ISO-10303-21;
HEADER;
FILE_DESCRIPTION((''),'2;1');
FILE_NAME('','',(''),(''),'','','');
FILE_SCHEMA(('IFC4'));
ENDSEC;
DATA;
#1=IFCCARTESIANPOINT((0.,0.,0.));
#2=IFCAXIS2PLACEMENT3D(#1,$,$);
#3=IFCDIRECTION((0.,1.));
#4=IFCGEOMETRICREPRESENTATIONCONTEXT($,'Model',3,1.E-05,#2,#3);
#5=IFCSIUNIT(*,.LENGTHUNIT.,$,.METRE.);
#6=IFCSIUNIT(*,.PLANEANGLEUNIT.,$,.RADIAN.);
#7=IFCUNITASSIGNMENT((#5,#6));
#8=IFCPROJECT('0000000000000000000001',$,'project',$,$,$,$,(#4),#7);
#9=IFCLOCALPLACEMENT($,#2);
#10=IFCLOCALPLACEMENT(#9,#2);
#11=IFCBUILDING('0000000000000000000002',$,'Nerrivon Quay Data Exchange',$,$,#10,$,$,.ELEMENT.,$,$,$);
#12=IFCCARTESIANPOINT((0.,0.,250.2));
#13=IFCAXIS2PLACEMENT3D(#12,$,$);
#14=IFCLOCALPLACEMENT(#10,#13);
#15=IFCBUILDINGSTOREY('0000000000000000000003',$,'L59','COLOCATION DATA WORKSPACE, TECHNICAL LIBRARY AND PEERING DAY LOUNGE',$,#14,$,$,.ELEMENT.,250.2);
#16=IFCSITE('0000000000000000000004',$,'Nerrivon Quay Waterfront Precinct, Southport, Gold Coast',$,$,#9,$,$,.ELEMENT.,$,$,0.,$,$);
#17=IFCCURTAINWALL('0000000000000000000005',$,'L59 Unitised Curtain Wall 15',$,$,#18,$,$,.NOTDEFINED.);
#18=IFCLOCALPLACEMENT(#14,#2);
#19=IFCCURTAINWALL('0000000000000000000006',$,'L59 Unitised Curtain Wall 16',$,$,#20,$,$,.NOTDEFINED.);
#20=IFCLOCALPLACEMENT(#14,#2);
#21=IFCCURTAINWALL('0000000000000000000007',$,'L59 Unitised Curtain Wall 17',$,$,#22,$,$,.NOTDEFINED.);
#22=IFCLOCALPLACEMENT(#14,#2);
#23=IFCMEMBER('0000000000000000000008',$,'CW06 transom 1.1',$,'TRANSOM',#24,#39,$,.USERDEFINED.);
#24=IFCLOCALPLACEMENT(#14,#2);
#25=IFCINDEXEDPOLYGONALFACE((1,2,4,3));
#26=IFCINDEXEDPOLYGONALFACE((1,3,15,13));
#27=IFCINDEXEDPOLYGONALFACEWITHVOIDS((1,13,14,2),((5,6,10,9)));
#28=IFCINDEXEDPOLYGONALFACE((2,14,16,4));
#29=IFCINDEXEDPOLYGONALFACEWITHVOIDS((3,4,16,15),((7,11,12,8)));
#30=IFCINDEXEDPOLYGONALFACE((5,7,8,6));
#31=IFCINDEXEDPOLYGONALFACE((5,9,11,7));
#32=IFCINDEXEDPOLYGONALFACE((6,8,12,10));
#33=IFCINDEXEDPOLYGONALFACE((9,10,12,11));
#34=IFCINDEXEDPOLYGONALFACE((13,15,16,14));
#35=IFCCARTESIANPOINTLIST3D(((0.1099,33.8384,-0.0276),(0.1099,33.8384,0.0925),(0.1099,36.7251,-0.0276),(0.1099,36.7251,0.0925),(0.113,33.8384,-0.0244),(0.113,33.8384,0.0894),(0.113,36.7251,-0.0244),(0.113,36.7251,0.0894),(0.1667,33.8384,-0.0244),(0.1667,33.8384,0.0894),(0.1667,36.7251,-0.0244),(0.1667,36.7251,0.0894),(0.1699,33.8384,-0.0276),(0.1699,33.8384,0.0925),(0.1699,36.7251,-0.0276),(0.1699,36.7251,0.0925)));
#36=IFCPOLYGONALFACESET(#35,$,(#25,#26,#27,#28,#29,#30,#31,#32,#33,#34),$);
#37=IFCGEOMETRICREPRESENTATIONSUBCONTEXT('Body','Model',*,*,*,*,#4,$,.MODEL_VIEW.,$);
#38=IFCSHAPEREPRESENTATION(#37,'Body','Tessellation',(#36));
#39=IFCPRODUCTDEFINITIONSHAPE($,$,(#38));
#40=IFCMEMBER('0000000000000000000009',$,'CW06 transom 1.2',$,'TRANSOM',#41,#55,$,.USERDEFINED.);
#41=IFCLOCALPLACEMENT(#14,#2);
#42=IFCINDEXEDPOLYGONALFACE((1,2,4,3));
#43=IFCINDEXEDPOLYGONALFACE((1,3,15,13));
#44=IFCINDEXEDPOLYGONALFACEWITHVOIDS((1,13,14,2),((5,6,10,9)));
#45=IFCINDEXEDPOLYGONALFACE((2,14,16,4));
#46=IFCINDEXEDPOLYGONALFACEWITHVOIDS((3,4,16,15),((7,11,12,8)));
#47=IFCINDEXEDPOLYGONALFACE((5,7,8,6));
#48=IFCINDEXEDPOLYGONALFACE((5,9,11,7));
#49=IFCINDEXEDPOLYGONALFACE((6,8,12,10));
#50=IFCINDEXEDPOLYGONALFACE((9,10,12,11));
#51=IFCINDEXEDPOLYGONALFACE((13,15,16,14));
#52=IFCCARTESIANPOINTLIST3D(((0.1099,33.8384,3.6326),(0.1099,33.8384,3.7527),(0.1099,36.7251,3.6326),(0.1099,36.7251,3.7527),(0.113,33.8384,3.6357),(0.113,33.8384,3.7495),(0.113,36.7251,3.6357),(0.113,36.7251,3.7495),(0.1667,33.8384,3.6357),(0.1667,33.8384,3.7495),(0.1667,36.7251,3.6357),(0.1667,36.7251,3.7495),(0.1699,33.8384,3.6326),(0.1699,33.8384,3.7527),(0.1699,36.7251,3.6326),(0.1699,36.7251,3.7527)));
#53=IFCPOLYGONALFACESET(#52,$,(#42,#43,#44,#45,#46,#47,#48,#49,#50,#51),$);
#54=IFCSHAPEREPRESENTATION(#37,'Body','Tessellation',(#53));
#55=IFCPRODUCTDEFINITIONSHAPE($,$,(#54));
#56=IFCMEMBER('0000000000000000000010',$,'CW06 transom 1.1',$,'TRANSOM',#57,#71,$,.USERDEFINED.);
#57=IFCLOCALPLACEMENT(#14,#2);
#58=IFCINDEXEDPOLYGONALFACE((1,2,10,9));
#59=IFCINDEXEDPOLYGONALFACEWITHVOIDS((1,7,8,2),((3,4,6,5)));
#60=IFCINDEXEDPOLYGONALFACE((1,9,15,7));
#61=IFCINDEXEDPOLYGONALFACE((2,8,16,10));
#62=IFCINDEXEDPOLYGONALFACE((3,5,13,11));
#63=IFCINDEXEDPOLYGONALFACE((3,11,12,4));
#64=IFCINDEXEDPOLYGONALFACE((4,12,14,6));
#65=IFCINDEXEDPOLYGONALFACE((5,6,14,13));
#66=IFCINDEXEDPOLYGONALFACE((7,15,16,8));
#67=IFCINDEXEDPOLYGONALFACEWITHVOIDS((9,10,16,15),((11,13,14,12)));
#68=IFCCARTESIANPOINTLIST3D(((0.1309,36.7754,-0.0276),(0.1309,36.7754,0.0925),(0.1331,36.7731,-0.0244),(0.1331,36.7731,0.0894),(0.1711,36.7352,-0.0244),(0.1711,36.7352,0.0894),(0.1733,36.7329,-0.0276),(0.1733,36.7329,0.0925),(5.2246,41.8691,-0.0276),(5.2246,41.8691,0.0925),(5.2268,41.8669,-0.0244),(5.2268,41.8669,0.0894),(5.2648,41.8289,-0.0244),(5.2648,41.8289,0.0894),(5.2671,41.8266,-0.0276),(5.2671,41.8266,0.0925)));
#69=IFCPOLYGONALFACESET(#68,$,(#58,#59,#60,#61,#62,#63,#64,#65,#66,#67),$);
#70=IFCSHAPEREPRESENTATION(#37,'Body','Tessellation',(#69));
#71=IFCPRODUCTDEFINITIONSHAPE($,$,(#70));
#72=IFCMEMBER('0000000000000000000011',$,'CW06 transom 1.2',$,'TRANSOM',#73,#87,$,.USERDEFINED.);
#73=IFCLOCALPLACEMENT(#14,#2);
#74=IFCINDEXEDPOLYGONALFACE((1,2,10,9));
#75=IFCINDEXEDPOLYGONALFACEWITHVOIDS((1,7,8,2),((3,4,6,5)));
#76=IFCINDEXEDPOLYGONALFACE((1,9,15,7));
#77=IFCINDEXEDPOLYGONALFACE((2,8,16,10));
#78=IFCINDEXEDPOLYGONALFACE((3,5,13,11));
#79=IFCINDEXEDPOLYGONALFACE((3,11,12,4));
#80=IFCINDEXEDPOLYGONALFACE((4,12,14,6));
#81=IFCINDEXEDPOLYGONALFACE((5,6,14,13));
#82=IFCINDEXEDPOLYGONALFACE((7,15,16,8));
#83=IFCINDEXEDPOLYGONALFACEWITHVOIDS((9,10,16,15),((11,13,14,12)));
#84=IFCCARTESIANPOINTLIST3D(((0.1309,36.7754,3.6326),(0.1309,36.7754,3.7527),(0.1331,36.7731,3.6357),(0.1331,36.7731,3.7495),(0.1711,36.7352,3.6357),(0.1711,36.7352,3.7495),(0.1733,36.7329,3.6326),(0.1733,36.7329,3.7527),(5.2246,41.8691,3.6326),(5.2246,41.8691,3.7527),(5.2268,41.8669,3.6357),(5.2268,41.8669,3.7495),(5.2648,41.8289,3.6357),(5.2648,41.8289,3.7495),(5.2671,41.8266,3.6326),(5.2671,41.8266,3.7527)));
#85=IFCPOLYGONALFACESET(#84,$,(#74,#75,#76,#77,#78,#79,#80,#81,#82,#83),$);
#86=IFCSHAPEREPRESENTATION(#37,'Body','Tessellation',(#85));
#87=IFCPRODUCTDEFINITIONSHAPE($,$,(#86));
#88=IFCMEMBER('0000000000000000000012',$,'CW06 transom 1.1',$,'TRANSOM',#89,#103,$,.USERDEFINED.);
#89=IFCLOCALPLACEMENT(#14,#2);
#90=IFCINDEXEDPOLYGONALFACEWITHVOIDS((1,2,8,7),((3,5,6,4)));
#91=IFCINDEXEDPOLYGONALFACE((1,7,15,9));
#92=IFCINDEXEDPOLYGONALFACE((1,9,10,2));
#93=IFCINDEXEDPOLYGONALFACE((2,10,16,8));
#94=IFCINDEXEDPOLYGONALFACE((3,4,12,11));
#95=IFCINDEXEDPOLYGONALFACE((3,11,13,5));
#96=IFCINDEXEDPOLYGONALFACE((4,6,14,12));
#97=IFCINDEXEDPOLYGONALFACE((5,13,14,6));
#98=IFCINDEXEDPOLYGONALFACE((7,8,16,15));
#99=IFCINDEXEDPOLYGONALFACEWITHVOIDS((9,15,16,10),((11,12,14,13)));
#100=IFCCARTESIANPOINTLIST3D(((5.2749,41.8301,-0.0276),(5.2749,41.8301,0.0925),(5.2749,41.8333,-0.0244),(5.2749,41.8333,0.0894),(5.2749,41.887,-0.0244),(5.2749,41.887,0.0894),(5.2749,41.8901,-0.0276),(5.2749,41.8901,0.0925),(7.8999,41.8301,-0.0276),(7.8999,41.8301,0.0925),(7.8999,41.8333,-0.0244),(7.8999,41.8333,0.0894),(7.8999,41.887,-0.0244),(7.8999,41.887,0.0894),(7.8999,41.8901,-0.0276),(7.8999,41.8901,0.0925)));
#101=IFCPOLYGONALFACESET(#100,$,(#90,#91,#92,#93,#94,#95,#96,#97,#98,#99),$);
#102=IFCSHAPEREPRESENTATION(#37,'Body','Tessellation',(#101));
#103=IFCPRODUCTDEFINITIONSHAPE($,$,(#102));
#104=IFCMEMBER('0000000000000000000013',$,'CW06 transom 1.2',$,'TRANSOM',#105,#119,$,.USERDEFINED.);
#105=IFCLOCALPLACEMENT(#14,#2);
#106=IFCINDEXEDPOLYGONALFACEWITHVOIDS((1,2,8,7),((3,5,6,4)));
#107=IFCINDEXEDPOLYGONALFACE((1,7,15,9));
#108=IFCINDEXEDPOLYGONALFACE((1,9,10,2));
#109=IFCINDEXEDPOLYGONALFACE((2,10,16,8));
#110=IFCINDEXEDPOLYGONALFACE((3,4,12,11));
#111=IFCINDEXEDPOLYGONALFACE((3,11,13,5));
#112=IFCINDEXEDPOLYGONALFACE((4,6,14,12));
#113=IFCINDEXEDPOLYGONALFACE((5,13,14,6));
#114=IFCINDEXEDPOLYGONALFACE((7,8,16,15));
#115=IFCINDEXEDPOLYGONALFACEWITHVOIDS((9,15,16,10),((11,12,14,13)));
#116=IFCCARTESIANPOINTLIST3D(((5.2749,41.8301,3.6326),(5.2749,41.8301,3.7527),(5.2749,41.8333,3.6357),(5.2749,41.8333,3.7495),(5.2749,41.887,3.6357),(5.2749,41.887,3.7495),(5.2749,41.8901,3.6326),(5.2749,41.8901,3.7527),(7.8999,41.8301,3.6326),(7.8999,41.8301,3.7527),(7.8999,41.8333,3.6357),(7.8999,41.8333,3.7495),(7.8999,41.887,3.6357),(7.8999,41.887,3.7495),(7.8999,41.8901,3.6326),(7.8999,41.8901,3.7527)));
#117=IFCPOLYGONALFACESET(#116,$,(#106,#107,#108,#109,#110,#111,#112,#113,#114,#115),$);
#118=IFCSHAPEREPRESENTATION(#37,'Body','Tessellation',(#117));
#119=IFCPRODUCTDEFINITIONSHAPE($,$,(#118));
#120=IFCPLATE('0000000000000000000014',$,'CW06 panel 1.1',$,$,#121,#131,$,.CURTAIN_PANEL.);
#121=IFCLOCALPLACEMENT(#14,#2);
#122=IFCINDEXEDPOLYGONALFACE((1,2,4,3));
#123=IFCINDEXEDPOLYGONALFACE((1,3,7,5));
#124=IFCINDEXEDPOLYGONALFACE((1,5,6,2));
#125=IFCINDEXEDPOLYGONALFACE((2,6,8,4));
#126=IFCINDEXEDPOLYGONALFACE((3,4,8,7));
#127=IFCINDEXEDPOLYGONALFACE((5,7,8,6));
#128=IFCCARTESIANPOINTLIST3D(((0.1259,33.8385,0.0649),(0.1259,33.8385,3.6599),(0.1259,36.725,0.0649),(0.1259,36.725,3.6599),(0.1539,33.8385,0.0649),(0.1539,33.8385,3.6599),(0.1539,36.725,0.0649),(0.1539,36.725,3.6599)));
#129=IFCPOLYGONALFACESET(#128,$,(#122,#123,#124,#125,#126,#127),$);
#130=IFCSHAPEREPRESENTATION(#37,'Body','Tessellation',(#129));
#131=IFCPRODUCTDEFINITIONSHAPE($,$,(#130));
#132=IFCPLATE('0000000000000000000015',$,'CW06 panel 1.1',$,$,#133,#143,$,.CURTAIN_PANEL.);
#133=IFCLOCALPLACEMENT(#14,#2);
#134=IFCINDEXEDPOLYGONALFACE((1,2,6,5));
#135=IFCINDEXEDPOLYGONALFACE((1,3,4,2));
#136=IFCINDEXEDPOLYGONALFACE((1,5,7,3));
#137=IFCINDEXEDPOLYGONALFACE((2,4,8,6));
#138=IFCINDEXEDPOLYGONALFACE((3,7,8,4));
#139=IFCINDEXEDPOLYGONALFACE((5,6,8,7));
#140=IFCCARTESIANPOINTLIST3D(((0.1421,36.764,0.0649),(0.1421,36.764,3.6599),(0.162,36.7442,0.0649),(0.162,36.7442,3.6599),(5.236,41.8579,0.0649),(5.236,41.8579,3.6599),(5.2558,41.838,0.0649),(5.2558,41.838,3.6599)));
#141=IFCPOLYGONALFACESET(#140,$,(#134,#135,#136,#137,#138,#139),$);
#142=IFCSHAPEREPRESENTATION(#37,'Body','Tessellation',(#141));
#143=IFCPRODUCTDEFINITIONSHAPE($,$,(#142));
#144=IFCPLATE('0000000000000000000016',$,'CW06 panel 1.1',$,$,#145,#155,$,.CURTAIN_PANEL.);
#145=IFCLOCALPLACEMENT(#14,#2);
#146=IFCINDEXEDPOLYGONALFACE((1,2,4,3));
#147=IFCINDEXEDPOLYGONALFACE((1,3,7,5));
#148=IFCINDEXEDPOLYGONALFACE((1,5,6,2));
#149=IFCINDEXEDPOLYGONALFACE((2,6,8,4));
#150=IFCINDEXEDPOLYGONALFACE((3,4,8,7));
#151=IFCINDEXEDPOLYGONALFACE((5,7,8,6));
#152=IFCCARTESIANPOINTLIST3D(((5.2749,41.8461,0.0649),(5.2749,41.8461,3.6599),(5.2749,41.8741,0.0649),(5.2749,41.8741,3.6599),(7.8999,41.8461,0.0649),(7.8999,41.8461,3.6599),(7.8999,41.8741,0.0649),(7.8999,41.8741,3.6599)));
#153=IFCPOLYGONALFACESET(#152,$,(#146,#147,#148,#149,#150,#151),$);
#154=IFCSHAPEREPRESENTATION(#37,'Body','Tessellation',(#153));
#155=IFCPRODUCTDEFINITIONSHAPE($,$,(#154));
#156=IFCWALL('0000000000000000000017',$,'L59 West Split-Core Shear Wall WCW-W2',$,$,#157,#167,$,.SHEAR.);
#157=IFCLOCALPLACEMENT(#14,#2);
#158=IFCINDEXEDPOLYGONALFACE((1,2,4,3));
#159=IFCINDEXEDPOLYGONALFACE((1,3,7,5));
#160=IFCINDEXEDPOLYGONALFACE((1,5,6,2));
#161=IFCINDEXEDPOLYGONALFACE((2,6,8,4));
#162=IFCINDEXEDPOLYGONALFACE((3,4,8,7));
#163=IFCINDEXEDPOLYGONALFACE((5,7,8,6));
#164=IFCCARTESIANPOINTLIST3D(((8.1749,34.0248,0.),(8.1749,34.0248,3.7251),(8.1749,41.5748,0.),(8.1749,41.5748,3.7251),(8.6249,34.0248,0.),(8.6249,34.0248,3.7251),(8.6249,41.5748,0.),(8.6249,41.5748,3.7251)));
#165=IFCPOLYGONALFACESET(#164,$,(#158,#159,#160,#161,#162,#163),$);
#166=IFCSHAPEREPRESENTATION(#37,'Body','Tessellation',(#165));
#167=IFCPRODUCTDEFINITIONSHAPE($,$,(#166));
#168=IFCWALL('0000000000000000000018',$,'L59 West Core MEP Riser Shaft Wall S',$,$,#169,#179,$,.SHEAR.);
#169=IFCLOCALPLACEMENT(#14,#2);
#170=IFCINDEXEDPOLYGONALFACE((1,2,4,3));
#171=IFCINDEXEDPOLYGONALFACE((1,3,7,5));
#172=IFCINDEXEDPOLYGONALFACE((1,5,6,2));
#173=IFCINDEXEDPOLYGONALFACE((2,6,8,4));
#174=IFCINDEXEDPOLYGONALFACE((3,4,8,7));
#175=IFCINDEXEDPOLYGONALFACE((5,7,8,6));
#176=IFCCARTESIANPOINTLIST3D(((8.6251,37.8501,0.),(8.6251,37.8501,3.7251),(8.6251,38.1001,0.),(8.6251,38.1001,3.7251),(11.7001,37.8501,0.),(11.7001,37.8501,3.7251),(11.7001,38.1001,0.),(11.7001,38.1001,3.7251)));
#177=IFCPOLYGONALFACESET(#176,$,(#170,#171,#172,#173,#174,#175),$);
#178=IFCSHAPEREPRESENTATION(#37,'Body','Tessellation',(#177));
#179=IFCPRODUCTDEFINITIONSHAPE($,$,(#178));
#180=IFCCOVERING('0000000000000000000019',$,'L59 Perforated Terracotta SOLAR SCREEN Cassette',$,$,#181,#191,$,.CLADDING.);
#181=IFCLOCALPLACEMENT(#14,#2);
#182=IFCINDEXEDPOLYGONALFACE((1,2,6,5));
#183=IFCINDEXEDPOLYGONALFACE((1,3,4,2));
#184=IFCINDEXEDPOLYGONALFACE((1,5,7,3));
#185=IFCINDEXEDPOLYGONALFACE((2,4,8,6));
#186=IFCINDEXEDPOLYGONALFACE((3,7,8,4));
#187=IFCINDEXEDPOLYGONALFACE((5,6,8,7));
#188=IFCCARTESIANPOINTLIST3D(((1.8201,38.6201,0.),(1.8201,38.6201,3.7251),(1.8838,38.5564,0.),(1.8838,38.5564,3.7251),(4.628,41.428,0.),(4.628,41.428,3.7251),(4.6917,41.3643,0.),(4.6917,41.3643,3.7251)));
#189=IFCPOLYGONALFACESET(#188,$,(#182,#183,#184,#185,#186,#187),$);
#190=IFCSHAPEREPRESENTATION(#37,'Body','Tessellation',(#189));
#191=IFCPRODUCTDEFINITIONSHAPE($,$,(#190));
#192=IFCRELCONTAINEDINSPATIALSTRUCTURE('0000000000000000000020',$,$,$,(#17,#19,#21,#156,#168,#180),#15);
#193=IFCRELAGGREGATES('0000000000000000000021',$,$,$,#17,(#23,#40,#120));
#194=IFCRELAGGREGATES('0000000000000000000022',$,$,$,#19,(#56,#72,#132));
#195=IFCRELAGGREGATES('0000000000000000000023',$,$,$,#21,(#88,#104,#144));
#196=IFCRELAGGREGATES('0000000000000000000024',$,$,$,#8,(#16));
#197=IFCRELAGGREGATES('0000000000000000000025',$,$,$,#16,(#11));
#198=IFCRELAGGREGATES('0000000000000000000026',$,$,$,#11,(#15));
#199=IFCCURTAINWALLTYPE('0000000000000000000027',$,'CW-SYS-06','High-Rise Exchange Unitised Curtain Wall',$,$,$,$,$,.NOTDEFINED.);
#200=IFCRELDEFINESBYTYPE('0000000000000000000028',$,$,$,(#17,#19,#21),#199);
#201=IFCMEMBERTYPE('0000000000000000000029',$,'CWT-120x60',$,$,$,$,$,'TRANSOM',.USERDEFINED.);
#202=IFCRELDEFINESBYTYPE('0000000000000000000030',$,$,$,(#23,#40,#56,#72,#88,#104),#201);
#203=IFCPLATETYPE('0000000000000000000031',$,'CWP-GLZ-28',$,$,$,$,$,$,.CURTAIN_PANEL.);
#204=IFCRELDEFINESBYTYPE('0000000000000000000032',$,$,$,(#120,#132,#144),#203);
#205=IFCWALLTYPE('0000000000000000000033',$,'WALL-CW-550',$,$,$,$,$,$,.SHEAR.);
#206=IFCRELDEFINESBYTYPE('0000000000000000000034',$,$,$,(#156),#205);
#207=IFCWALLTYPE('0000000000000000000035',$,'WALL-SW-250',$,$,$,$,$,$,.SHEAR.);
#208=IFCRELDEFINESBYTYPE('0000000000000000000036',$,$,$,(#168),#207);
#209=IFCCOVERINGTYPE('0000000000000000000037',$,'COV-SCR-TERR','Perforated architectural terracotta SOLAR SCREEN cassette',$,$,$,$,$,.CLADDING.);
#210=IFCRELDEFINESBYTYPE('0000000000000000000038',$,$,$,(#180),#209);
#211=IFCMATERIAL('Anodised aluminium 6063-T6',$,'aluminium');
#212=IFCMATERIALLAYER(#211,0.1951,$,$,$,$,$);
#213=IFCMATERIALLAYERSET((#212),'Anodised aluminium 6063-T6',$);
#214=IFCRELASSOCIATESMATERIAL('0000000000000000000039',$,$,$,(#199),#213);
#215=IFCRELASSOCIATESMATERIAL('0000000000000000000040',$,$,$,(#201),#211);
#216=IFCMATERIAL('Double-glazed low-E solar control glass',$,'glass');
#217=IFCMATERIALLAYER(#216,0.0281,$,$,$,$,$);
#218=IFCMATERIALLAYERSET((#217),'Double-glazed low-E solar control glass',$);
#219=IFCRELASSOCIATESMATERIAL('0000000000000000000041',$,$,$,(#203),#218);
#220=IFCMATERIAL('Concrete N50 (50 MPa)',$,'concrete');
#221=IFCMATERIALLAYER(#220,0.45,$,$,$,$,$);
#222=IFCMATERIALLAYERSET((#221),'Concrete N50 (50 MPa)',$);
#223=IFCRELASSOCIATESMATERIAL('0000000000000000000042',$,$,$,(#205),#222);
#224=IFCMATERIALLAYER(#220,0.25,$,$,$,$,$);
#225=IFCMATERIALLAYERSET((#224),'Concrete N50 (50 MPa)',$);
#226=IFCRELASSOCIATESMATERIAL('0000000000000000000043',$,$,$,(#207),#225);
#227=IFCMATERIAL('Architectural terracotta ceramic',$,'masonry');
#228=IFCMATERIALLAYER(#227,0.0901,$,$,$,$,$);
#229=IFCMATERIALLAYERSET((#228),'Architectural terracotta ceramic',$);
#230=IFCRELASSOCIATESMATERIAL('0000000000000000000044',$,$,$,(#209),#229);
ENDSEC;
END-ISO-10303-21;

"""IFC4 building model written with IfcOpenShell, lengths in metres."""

from ifc_helpers import new_model, si_unit, direction, frame, frame_2d, origin, origin_2d, place, context, subcontext, project, spatial, rectangle, hollow_rectangle, extrude, material, layer, layer_set, material_profile, profile_set, type_object, element, aggregate, save


model = new_model("IFC4")

# Units and contexts
model_context = context("Model", 3, precision=1e-05, world=origin(), true_north=direction((0.0, 1.0)))
body_context = subcontext(model_context, "Body", "Model", "MODEL_VIEW")
ifc_project = project(units=[si_unit("LENGTHUNIT", "METRE"), si_unit("PLANEANGLEUNIT", "RADIAN")], contexts=[model_context])

# Site, building, storey
site_placement = place(None, origin())
site = spatial("IfcSite", under=ifc_project, at=site_placement, Name="Nerrivon Quay Waterfront Precinct, Southport, Gold Coast", CompositionType="ELEMENT", RefElevation=0.0)
building_placement = place(site_placement, origin())
building = spatial("IfcBuilding", under=site, at=building_placement, Name="Nerrivon Quay Data Exchange", CompositionType="ELEMENT")
storey_placement = place(building_placement, frame((0.0, 0.0, 250.2)))
storey = spatial("IfcBuildingStorey", under=building, at=storey_placement, Name="L59", Description="COLOCATION DATA WORKSPACE, TECHNICAL LIBRARY AND PEERING DAY LOUNGE", CompositionType="ELEMENT", Elevation=250.2)

# Shared definitions
ifc_material_1 = material(Name="Concrete N50 (50 MPa)", Category="concrete")

# Curtain walls
ifc_material_2 = material(Name="Anodised aluminium 6063-T6", Category="aluminium")
ifc_layer_1 = layer(ifc_material_2, 0.1951)
ifc_layer_set_1 = layer_set([ifc_layer_1], Name="Anodised aluminium 6063-T6")
curtain_wall_type = type_object("IfcCurtainWallType", Name="CW-SYS-06", Description="High-Rise Exchange Unitised Curtain Wall", PredefinedType="NOTDEFINED", material=ifc_layer_set_1)
curtain_wall_1_placement = place(storey_placement, origin())
curtain_wall_1 = element("IfcCurtainWall", 1, at=curtain_wall_1_placement, inside=storey, type_object=curtain_wall_type, Name="L59 Unitised Curtain Wall 15", PredefinedType="NOTDEFINED")
curtain_wall_2_placement = place(storey_placement, origin())
curtain_wall_2 = element("IfcCurtainWall", 2, at=curtain_wall_2_placement, inside=storey, type_object=curtain_wall_type, Name="L59 Unitised Curtain Wall 16", PredefinedType="NOTDEFINED")
curtain_wall_3_placement = place(storey_placement, origin())
curtain_wall_3 = element("IfcCurtainWall", 3, at=curtain_wall_3_placement, inside=storey, type_object=curtain_wall_type, Name="L59 Unitised Curtain Wall 17", PredefinedType="NOTDEFINED")

# Members
ifc_material_profile_1 = material_profile(ifc_material_2, hollow_rectangle(XDim=0.0601, YDim=0.1201, WallThickness=0.0032, at=origin_2d()), Name="ALU-TRAN-120x60")
ifc_profile_set_1 = profile_set([ifc_material_profile_1], Name="Anodised aluminium 6063-T6")
member_type_1 = type_object("IfcMemberType", Name="CWT-120x60", ElementType="TRANSOM", PredefinedType="USERDEFINED", material=ifc_profile_set_1)
member_1_placement = place(storey_placement, frame((0.1399, 33.8384, 0.0325), z_axis=(0.0, 1.0, 0.0), x_axis=(-1.0, 0.0, 0.0)))
member_1 = element("IfcMember", 4, at=member_1_placement, type_object=member_type_1, Name="CW06 transom 1.1", ObjectType="TRANSOM", PredefinedType="USERDEFINED", context=body_context, shape_type="SweptSolid", body=[
    extrude(hollow_rectangle(XDim=0.0601, YDim=0.1201, WallThickness=0.0032, at=origin_2d()), origin(), (0.0, 0.0, 1.0), 2.8867),
])
member_2_placement = place(storey_placement, frame((0.1399, 33.8384, 3.6926), z_axis=(0.0, 1.0, 0.0), x_axis=(-1.0, 0.0, 0.0)))
member_2 = element("IfcMember", 5, at=member_2_placement, type_object=member_type_1, Name="CW06 transom 1.2", ObjectType="TRANSOM", PredefinedType="USERDEFINED", context=body_context, shape_type="SweptSolid", body=[
    extrude(hollow_rectangle(XDim=0.0601, YDim=0.1201, WallThickness=0.0032, at=origin_2d()), origin(), (0.0, 0.0, 1.0), 2.8867),
])
member_3_placement = place(storey_placement, frame((0.1521, 36.7542, 0.0325), z_axis=(0.707107, 0.707107, 0.0), x_axis=(-0.707107, 0.707107, 0.0)))
member_3 = element("IfcMember", 6, at=member_3_placement, type_object=member_type_1, Name="CW06 transom 1.1", ObjectType="TRANSOM", PredefinedType="USERDEFINED", context=body_context, shape_type="SweptSolid", body=[
    extrude(hollow_rectangle(XDim=0.0601, YDim=0.1201, WallThickness=0.0032, at=origin_2d()), origin(), (0.0, 0.0, 1.0), 7.2036),
])
member_4_placement = place(storey_placement, frame((0.1521, 36.7542, 3.6926), z_axis=(0.707107, 0.707107, 0.0), x_axis=(-0.707107, 0.707107, 0.0)))
member_4 = element("IfcMember", 7, at=member_4_placement, type_object=member_type_1, Name="CW06 transom 1.2", ObjectType="TRANSOM", PredefinedType="USERDEFINED", context=body_context, shape_type="SweptSolid", body=[
    extrude(hollow_rectangle(XDim=0.0601, YDim=0.1201, WallThickness=0.0032, at=origin_2d()), origin(), (0.0, 0.0, 1.0), 7.2036),
])
member_5_placement = place(storey_placement, frame((5.2749, 41.8601, 0.0325), z_axis=(1.0, 0.0, 0.0), x_axis=(0.0, 1.0, 0.0)))
member_5 = element("IfcMember", 8, at=member_5_placement, type_object=member_type_1, Name="CW06 transom 1.1", ObjectType="TRANSOM", PredefinedType="USERDEFINED", context=body_context, shape_type="SweptSolid", body=[
    extrude(hollow_rectangle(XDim=0.0601, YDim=0.1201, WallThickness=0.0032, at=origin_2d()), origin(), (0.0, 0.0, 1.0), 2.625),
])
member_6_placement = place(storey_placement, frame((5.2749, 41.8601, 3.6926), z_axis=(1.0, 0.0, 0.0), x_axis=(0.0, 1.0, 0.0)))
member_6 = element("IfcMember", 9, at=member_6_placement, type_object=member_type_1, Name="CW06 transom 1.2", ObjectType="TRANSOM", PredefinedType="USERDEFINED", context=body_context, shape_type="SweptSolid", body=[
    extrude(hollow_rectangle(XDim=0.0601, YDim=0.1201, WallThickness=0.0032, at=origin_2d()), origin(), (0.0, 0.0, 1.0), 2.625),
])

# Plates
ifc_material_3 = material(Name="Double-glazed low-E solar control glass", Category="glass")
ifc_layer_2 = layer(ifc_material_3, 0.0281)
ifc_layer_set_2 = layer_set([ifc_layer_2], Name="Double-glazed low-E solar control glass")
plate_type = type_object("IfcPlateType", Name="CWP-GLZ-28", PredefinedType="CURTAIN_PANEL", material=ifc_layer_set_2)
plate_1_placement = place(storey_placement, frame((0.1399, 35.2817, 0.0649), z_axis=(0.0, 0.0, 1.0), x_axis=(0.0, 1.0, 0.0)))
plate_1 = element("IfcPlate", 10, at=plate_1_placement, type_object=plate_type, Name="CW06 panel 1.1", PredefinedType="CURTAIN_PANEL", context=body_context, shape_type="SweptSolid", body=[
    extrude(rectangle(XDim=2.8865, YDim=0.0281, at=origin_2d()), origin(), (0.0, 0.0, 1.0), 3.595),
])
aggregate(curtain_wall_1, [member_1, member_2, plate_1])
plate_2_placement = place(storey_placement, frame((2.699, 39.301, 0.0649), z_axis=(0.0, 0.0, 1.0), x_axis=(0.707107, 0.707107, 0.0)))
plate_2 = element("IfcPlate", 11, at=plate_2_placement, type_object=plate_type, Name="CW06 panel 1.1", PredefinedType="CURTAIN_PANEL", context=body_context, shape_type="SweptSolid", body=[
    extrude(rectangle(XDim=7.2039, YDim=0.0281, at=origin_2d()), origin(), (0.0, 0.0, 1.0), 3.595),
])
aggregate(curtain_wall_2, [member_3, member_4, plate_2])
plate_3_placement = place(storey_placement, frame((6.5874, 41.8601, 0.0649), z_axis=(0.0, 0.0, 1.0), x_axis=(1.0, 0.0, 0.0)))
plate_3 = element("IfcPlate", 12, at=plate_3_placement, type_object=plate_type, Name="CW06 panel 1.1", PredefinedType="CURTAIN_PANEL", context=body_context, shape_type="SweptSolid", body=[
    extrude(rectangle(XDim=2.625, YDim=0.0281, at=origin_2d()), origin(), (0.0, 0.0, 1.0), 3.595),
])
aggregate(curtain_wall_3, [member_5, member_6, plate_3])

# Walls
ifc_layer_3 = layer(ifc_material_1, 0.45)
ifc_layer_set_3 = layer_set([ifc_layer_3], Name="Concrete N50 (50 MPa)")
wall_type_1 = type_object("IfcWallType", Name="WALL-CW-550", PredefinedType="SHEAR", material=ifc_layer_set_3)
wall_1_placement = place(storey_placement, frame((8.3999, 34.0249, 0.0), z_axis=(0.0, 0.0, 1.0), x_axis=(0.0, 1.0, 0.0)))
element("IfcWall", 13, at=wall_1_placement, inside=storey, type_object=wall_type_1, Name="L59 West Split-Core Shear Wall WCW-W2", PredefinedType="SHEAR", context=body_context, shape_type="SweptSolid", body=[
    extrude(rectangle(XDim=7.55, YDim=0.45, at=frame_2d((3.7749, 0.0))), origin(), (0.0, 0.0, 1.0), 3.7251),
])
ifc_layer_4 = layer(ifc_material_1, 0.25)
ifc_layer_set_4 = layer_set([ifc_layer_4], Name="Concrete N50 (50 MPa)")
wall_type_2 = type_object("IfcWallType", Name="WALL-SW-250", PredefinedType="SHEAR", material=ifc_layer_set_4)
wall_2_placement = place(storey_placement, frame((8.625, 37.9751, 0.0), z_axis=(0.0, 0.0, 1.0), x_axis=(1.0, 0.0, 0.0)))
element("IfcWall", 14, at=wall_2_placement, inside=storey, type_object=wall_type_2, Name="L59 West Core MEP Riser Shaft Wall S", PredefinedType="SHEAR", context=body_context, shape_type="SweptSolid", body=[
    extrude(rectangle(XDim=3.075, YDim=0.25, at=frame_2d((1.5376, 0.0))), origin(), (0.0, 0.0, 1.0), 3.7251),
])

# Covering
ifc_material_4 = material(Name="Architectural terracotta ceramic", Category="masonry")
ifc_layer_5 = layer(ifc_material_4, 0.0901)
ifc_layer_set_5 = layer_set([ifc_layer_5], Name="Architectural terracotta ceramic")
covering_type = type_object("IfcCoveringType", Name="COV-SCR-TERR", Description="Perforated architectural terracotta SOLAR SCREEN cassette", PredefinedType="CLADDING", material=ifc_layer_set_5)
covering_placement = place(storey_placement, frame((3.2559, 39.9922, 0.0), z_axis=(0.0, 0.0, 1.0), x_axis=(0.707107, 0.707107, 0.0)))
element("IfcCovering", 15, at=covering_placement, inside=storey, type_object=covering_type, Name="L59 Perforated Terracotta SOLAR SCREEN Cassette", PredefinedType="CLADDING", context=body_context, shape_type="SweptSolid", body=[
    extrude(rectangle(XDim=3.9709, YDim=0.0901, at=origin_2d()), origin(), (0.0, 0.0, 1.0), 3.7251),
])

save(model, "model.ifc")
